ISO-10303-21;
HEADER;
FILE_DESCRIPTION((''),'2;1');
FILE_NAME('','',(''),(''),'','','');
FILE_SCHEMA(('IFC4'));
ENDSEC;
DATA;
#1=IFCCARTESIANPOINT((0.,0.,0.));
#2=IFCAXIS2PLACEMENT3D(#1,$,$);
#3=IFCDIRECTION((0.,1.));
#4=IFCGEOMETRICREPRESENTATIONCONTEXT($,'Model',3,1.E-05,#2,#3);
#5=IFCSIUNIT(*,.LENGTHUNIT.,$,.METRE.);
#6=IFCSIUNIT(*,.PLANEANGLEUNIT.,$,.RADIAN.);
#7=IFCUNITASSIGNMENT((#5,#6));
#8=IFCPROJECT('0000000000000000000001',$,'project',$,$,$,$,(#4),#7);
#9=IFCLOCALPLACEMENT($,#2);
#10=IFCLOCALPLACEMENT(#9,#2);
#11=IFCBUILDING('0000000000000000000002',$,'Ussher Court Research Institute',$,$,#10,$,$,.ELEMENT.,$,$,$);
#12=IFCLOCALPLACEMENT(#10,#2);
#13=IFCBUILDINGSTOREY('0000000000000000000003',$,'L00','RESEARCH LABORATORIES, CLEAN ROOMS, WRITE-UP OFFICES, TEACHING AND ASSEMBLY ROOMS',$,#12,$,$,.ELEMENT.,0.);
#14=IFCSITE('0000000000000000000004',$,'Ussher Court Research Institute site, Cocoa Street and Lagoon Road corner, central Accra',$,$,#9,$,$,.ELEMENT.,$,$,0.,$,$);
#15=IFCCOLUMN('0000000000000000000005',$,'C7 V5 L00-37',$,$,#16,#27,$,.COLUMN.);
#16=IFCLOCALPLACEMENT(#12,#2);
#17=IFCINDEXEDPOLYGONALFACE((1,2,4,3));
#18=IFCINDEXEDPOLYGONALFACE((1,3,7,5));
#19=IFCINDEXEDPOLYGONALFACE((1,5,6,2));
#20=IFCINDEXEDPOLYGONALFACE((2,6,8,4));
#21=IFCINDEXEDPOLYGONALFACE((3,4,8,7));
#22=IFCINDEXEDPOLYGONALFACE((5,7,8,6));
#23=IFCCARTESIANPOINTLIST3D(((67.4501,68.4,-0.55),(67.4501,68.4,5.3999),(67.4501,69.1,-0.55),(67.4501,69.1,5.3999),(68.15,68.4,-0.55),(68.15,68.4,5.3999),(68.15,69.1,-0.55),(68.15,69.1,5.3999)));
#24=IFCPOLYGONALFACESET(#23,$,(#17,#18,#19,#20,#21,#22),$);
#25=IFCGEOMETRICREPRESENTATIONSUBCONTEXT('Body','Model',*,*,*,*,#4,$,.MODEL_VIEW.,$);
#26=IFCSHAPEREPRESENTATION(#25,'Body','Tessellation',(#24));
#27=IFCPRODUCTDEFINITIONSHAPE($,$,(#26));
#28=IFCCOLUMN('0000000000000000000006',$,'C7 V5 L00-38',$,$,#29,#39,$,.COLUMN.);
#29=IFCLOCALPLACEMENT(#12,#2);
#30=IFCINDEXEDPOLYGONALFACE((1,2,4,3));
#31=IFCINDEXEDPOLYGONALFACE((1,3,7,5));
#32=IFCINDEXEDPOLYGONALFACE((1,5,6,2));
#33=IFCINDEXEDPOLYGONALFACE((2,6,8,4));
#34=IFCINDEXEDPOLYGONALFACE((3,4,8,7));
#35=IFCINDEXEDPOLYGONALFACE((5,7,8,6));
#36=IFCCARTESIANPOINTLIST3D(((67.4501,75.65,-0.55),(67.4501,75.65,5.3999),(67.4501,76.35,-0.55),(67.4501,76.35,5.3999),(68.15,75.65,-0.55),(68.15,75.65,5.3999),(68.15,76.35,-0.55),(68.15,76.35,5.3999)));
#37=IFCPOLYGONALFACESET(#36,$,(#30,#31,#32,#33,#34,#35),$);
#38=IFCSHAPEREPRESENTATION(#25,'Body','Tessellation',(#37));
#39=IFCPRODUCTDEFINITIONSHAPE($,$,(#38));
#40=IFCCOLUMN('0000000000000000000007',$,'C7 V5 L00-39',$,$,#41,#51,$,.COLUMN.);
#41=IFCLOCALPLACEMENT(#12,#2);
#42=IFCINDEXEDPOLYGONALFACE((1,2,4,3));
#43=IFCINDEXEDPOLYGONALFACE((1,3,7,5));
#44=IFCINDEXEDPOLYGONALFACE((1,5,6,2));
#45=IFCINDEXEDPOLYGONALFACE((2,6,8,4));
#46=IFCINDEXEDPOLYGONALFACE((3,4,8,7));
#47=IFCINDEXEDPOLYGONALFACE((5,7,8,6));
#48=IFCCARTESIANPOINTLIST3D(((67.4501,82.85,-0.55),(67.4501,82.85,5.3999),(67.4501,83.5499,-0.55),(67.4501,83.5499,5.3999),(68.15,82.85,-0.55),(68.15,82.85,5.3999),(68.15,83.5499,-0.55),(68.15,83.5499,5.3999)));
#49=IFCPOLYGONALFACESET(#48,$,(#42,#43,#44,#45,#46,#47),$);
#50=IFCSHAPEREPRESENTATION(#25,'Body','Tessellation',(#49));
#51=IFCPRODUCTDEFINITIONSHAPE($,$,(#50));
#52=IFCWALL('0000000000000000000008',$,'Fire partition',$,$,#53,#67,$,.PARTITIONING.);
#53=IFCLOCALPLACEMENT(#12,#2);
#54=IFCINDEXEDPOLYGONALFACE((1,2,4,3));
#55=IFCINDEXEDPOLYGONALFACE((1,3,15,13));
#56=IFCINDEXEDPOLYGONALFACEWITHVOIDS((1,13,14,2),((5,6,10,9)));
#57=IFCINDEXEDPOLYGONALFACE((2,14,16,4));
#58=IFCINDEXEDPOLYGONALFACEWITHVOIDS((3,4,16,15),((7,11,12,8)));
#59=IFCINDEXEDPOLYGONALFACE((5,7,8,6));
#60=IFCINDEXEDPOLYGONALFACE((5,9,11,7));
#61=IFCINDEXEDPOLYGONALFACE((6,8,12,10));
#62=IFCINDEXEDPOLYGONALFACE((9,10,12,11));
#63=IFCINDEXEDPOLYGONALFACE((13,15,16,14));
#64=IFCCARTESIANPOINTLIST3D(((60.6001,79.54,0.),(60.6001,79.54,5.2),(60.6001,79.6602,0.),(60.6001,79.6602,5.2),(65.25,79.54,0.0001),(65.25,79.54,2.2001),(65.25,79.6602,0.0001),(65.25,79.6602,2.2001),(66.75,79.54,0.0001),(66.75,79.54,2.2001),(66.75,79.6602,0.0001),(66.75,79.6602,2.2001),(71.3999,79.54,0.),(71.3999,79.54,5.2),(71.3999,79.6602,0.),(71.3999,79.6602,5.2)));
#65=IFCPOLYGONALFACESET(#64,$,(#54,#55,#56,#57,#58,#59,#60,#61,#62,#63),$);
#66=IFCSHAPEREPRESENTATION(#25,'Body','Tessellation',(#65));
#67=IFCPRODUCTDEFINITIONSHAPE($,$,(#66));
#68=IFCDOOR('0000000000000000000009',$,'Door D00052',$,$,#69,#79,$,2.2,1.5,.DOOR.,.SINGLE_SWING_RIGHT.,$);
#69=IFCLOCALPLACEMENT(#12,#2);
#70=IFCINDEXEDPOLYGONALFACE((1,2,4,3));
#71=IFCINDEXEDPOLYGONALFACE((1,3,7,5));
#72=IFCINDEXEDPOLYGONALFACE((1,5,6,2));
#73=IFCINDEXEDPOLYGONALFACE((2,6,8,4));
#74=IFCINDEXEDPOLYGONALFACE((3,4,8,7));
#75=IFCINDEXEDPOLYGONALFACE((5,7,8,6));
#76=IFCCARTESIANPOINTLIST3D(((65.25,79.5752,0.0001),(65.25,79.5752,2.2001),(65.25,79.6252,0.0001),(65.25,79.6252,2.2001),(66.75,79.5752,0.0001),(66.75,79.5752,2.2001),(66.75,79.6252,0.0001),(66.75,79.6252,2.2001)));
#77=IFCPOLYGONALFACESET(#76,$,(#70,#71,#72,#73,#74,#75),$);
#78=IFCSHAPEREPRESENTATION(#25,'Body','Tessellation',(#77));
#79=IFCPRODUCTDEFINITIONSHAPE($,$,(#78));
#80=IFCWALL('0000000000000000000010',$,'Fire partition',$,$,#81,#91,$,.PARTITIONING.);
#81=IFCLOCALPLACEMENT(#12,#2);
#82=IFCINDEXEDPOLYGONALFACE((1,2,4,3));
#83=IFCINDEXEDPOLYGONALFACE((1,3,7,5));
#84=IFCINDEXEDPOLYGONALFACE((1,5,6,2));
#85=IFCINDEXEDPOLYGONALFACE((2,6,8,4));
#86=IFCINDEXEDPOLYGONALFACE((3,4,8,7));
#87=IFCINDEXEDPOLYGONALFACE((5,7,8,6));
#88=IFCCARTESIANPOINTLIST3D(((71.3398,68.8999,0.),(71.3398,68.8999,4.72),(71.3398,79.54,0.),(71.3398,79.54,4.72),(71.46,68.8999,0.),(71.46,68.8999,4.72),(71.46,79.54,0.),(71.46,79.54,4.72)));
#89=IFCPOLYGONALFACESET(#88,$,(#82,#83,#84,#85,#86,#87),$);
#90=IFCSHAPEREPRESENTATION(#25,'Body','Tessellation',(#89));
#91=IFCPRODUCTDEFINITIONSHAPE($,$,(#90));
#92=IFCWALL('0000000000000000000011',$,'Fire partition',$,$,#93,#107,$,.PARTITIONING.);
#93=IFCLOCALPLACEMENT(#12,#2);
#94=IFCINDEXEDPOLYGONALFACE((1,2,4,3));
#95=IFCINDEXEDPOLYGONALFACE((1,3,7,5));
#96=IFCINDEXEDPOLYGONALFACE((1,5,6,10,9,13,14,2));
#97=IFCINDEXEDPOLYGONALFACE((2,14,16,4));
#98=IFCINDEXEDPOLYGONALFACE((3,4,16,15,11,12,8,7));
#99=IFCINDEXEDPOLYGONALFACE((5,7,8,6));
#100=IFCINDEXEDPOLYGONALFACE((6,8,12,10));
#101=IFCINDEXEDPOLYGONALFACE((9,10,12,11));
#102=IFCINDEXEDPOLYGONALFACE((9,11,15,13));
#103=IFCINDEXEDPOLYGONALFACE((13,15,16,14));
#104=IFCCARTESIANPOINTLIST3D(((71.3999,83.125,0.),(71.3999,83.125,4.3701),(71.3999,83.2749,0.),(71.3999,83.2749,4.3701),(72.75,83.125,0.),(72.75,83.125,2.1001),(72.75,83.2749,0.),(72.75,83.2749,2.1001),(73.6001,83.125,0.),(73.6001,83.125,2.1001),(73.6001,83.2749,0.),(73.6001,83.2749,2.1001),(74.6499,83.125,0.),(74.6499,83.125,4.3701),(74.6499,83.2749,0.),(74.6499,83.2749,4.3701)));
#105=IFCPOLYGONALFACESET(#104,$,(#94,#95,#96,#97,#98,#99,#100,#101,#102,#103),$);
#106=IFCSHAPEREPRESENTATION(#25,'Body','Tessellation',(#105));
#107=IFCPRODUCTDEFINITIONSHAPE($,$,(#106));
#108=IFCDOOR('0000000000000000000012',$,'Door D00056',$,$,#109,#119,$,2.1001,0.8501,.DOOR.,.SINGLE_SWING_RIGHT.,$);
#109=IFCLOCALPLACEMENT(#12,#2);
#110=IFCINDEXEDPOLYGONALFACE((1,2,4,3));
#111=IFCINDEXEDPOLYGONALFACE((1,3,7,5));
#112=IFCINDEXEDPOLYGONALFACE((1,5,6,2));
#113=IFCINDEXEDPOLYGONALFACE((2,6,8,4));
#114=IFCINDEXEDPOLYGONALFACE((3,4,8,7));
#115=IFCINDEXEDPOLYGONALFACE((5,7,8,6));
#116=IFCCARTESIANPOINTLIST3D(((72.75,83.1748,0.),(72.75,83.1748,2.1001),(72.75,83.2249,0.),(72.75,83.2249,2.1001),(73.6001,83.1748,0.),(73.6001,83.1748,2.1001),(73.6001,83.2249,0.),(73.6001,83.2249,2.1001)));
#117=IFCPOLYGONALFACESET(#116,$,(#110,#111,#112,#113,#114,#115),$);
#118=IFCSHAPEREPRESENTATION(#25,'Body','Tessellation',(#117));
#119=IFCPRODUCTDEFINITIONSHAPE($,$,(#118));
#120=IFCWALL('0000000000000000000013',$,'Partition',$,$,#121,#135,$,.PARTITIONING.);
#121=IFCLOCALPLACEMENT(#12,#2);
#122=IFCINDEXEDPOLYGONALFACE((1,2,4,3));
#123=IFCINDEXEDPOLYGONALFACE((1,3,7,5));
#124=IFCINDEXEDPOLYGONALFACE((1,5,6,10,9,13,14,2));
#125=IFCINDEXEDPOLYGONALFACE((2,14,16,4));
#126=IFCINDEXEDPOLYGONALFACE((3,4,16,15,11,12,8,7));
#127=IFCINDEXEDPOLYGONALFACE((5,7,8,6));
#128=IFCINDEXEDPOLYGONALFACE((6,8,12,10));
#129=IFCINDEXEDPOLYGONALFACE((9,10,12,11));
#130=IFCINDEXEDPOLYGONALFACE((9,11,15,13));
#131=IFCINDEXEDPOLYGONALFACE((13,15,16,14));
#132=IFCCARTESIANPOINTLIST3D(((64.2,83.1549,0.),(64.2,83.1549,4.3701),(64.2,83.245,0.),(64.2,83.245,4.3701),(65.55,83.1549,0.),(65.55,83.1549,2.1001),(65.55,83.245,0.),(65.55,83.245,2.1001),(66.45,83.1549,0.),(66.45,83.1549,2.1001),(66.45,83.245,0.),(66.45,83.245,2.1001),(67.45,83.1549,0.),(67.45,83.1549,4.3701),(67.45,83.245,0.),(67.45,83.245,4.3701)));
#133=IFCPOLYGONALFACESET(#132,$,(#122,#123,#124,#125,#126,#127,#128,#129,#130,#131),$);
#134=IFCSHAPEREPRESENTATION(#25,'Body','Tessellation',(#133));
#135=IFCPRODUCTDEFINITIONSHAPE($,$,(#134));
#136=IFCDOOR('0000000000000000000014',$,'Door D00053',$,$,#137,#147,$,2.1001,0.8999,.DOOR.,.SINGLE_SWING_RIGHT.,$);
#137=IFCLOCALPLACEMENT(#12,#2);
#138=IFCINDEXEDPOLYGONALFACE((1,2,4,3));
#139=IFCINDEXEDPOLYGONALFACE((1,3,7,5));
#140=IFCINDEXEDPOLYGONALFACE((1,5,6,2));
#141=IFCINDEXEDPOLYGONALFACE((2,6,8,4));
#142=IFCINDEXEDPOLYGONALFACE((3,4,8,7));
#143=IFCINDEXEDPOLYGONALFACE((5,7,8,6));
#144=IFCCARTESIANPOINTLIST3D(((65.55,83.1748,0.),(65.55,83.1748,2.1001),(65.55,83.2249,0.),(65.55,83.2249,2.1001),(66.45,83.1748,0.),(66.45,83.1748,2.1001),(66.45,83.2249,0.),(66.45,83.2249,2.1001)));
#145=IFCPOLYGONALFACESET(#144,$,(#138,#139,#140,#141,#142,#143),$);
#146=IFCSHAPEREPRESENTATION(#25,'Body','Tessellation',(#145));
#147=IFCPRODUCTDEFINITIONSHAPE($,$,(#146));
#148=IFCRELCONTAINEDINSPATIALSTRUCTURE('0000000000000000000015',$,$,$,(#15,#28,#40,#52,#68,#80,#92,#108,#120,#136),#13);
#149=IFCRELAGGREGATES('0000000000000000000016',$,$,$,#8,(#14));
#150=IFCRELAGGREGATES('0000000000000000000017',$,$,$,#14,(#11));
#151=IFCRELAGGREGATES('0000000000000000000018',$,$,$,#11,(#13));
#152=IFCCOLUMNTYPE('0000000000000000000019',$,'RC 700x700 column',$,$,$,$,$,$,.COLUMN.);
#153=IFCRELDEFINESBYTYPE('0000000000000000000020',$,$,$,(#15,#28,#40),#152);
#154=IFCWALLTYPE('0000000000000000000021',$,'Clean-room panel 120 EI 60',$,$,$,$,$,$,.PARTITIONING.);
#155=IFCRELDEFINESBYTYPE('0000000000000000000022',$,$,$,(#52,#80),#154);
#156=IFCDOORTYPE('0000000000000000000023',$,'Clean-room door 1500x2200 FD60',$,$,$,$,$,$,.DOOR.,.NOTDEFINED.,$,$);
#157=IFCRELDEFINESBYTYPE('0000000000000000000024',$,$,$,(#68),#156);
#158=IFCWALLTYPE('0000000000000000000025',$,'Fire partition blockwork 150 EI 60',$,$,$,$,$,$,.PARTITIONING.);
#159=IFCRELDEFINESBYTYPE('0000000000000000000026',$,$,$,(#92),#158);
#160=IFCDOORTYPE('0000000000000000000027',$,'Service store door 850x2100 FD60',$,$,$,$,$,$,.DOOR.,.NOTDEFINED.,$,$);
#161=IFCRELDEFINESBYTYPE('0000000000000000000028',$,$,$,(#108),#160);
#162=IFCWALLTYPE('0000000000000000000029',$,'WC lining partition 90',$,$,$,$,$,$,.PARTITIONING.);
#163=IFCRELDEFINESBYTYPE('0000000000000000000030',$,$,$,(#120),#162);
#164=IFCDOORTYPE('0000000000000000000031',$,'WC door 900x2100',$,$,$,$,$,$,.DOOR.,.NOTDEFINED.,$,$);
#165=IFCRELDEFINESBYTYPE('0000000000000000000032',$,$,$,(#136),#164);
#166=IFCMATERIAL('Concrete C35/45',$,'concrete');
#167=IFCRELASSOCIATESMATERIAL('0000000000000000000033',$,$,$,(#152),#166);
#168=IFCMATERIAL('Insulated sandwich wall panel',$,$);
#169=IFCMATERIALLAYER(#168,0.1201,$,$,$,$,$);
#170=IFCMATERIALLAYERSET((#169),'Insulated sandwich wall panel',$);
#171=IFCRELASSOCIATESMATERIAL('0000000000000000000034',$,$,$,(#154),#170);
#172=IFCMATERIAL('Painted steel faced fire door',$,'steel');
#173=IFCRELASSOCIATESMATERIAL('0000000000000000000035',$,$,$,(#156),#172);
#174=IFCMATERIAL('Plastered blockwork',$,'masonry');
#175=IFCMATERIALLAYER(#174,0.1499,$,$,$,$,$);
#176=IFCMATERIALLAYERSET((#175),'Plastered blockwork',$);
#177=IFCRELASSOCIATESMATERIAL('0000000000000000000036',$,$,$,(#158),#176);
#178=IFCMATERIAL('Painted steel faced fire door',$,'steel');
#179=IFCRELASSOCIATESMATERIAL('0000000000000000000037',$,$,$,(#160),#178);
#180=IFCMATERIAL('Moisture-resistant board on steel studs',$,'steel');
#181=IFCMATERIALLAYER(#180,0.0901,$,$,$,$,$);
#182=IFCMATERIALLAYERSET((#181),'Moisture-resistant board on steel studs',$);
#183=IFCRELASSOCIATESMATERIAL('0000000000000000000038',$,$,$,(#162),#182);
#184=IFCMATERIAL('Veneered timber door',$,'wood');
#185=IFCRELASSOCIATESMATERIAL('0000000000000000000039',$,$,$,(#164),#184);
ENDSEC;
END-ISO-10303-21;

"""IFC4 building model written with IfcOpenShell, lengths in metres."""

from ifc_helpers import new_model, si_unit, direction, frame, frame_2d, origin, origin_2d, place, context, subcontext, project, spatial, rectangle, extrude, material, layer, layer_set, material_profile, profile_set, type_object, element, fill, save


model = new_model("IFC4")

# Units and contexts
model_context = context("Model", 3, precision=1e-05, world=origin(), true_north=direction((0.0, 1.0)))
body_context = subcontext(model_context, "Body", "Model", "MODEL_VIEW")
ifc_project = project(units=[si_unit("LENGTHUNIT", "METRE"), si_unit("PLANEANGLEUNIT", "RADIAN")], contexts=[model_context])

# Site, building, storey
site_placement = place(None, origin())
site = spatial("IfcSite", under=ifc_project, at=site_placement, Name="Ussher Court Research Institute site, Cocoa Street and Lagoon Road corner, central Accra", CompositionType="ELEMENT", RefElevation=0.0)
building_placement = place(site_placement, origin())
building = spatial("IfcBuilding", under=site, at=building_placement, Name="Ussher Court Research Institute", CompositionType="ELEMENT")
storey_placement = place(building_placement, origin())
storey = spatial("IfcBuildingStorey", under=building, at=storey_placement, Name="L00", Description="RESEARCH LABORATORIES, CLEAN ROOMS, WRITE-UP OFFICES, TEACHING AND ASSEMBLY ROOMS", CompositionType="ELEMENT", Elevation=0.0)

# Columns
ifc_material_1 = material(Name="Concrete C35/45", Category="concrete")
ifc_material_profile_1 = material_profile(ifc_material_1, rectangle(XDim=0.7, YDim=0.7, at=origin_2d()), Name="RC 700x700")
ifc_profile_set_1 = profile_set([ifc_material_profile_1], Name="Concrete C35/45")
column_type = type_object("IfcColumnType", Name="RC 700x700 column", PredefinedType="COLUMN", material=ifc_profile_set_1)
for number, where, z_axis, x_axis, name in (
    (1, (67.8, 68.75, -0.55), (0.0, 0.0, 1.0), (1.0, 0.0, 0.0), "C7 V5 L00-37"),
    (2, (67.8, 76.0, -0.55), (0.0, 0.0, 1.0), (1.0, 0.0, 0.0), "C7 V5 L00-38"),
    (3, (67.8, 83.2, -0.55), (0.0, 0.0, 1.0), (1.0, 0.0, 0.0), "C7 V5 L00-39"),
):
    element("IfcColumn", number, at=place(storey_placement, frame(where, z_axis=z_axis, x_axis=x_axis)), inside=storey, type_object=column_type, Name=name, PredefinedType="COLUMN", context=body_context, shape_type="SweptSolid", body=[
        extrude(rectangle(XDim=0.7, YDim=0.7, at=origin_2d()), origin(), (0.0, 0.0, 1.0), 5.95),
    ])

# Wall, opening, door
ifc_material_2 = material(Name="Insulated sandwich wall panel")
ifc_layer_1 = layer(ifc_material_2, 0.1201)
ifc_layer_set_1 = layer_set([ifc_layer_1], Name="Insulated sandwich wall panel")
wall_type_1 = type_object("IfcWallType", Name="Clean-room panel 120 EI 60", PredefinedType="PARTITIONING", material=ifc_layer_set_1)
wall_1_placement = place(storey_placement, frame((71.3999, 79.6001, 0.0), z_axis=(0.0, 0.0, 1.0), x_axis=(-1.0, 0.0, 0.0)))
wall_1 = element("IfcWall", 4, at=wall_1_placement, inside=storey, type_object=wall_type_1, Name="Fire partition", PredefinedType="PARTITIONING", context=body_context, shape_type="SweptSolid", body=[
    extrude(rectangle(XDim=10.7998, YDim=0.1201, at=frame_2d((5.3999, 0.0))), origin(), (0.0, 0.0, 1.0), 5.2),
])
opening_1_placement = place(wall_1_placement, frame((4.6499, 0.0, 0.0)))
opening_1 = element("IfcOpeningElement", 5, at=opening_1_placement, cuts=wall_1, PredefinedType="OPENING", context=body_context, shape_type="SweptSolid", body=[
    extrude(rectangle(XDim=1.5, YDim=2.2, at=frame_2d((0.75, 1.1001))), frame((0.0, 0.0701, 0.0), z_axis=(0.0, -1.0, 0.0), x_axis=(1.0, 0.0, 0.0)), (0.0, 0.0, 1.0), 0.1401),
])
ifc_material_3 = material(Name="Painted steel faced fire door", Category="steel")
door_type_1 = type_object("IfcDoorType", Name="Clean-room door 1500x2200 FD60", OperationType="NOTDEFINED", PredefinedType="DOOR", material=ifc_material_3)
door_1_placement = place(opening_1_placement, origin())
door_1 = element("IfcDoor", 6, at=door_1_placement, inside=storey, type_object=door_type_1, Name="Door D00052", OperationType="SINGLE_SWING_RIGHT", OverallHeight=2.2, OverallWidth=1.5, PredefinedType="DOOR", context=body_context, shape_type="SweptSolid", body=[
    extrude(rectangle(XDim=1.5, YDim=2.2, at=frame_2d((0.75, 1.1001))), frame((0.0, 0.0249, 0.0), z_axis=(0.0, -1.0, 0.0), x_axis=(1.0, 0.0, 0.0)), (0.0, 0.0, 1.0), 0.05),
])
fill(opening_1, door_1)

# Wall
wall_2_placement = place(storey_placement, frame((71.3999, 68.8999, 0.0), z_axis=(0.0, 0.0, 1.0), x_axis=(0.0, 1.0, 0.0)))
element("IfcWall", 7, at=wall_2_placement, inside=storey, type_object=wall_type_1, Name="Fire partition", PredefinedType="PARTITIONING", context=body_context, shape_type="SweptSolid", body=[
    extrude(rectangle(XDim=10.6401, YDim=0.1201, at=frame_2d((5.3201, 0.0))), origin(), (0.0, 0.0, 1.0), 4.72),
])

# Walls, openings, doors
ifc_material_4 = material(Name="Plastered blockwork", Category="masonry")
ifc_layer_2 = layer(ifc_material_4, 0.1499)
ifc_layer_set_2 = layer_set([ifc_layer_2], Name="Plastered blockwork")
wall_type_2 = type_object("IfcWallType", Name="Fire partition blockwork 150 EI 60", PredefinedType="PARTITIONING", material=ifc_layer_set_2)
wall_3_placement = place(storey_placement, frame((71.3999, 83.2, 0.0), z_axis=(0.0, 0.0, 1.0), x_axis=(1.0, 0.0, 0.0)))
wall_3 = element("IfcWall", 8, at=wall_3_placement, inside=storey, type_object=wall_type_2, Name="Fire partition", PredefinedType="PARTITIONING", context=body_context, shape_type="SweptSolid", body=[
    extrude(rectangle(XDim=3.25, YDim=0.1499, at=frame_2d((1.625, 0.0))), origin(), (0.0, 0.0, 1.0), 4.3701),
])
opening_2_placement = place(wall_3_placement, frame((1.3501, 0.0, 0.0)))
opening_2 = element("IfcOpeningElement", 9, at=opening_2_placement, cuts=wall_3, PredefinedType="OPENING", context=body_context, shape_type="SweptSolid", body=[
    extrude(rectangle(XDim=0.8501, YDim=2.1001, at=frame_2d((0.425, 1.05))), frame((0.0, 0.085, 0.0), z_axis=(0.0, -1.0, 0.0), x_axis=(1.0, 0.0, 0.0)), (0.0, 0.0, 1.0), 0.1699),
])
ifc_material_5 = material(Name="Painted steel faced fire door", Category="steel")
door_type_2 = type_object("IfcDoorType", Name="Service store door 850x2100 FD60", OperationType="NOTDEFINED", PredefinedType="DOOR", material=ifc_material_5)
door_2_placement = place(opening_2_placement, origin())
door_2 = element("IfcDoor", 10, at=door_2_placement, inside=storey, type_object=door_type_2, Name="Door D00056", OperationType="SINGLE_SWING_RIGHT", OverallHeight=2.1001, OverallWidth=0.8501, PredefinedType="DOOR", context=body_context, shape_type="SweptSolid", body=[
    extrude(rectangle(XDim=0.8501, YDim=2.1001, at=frame_2d((0.425, 1.05))), frame((0.0, 0.0249, 0.0), z_axis=(0.0, -1.0, 0.0), x_axis=(1.0, 0.0, 0.0)), (0.0, 0.0, 1.0), 0.05),
])
fill(opening_2, door_2)
ifc_material_6 = material(Name="Moisture-resistant board on steel studs", Category="steel")
ifc_layer_3 = layer(ifc_material_6, 0.0901)
ifc_layer_set_3 = layer_set([ifc_layer_3], Name="Moisture-resistant board on steel studs")
wall_type_3 = type_object("IfcWallType", Name="WC lining partition 90", PredefinedType="PARTITIONING", material=ifc_layer_set_3)
wall_4_placement = place(storey_placement, frame((64.2, 83.2, 0.0), z_axis=(0.0, 0.0, 1.0), x_axis=(1.0, 0.0, 0.0)))
wall_4 = element("IfcWall", 11, at=wall_4_placement, inside=storey, type_object=wall_type_3, Name="Partition", PredefinedType="PARTITIONING", context=body_context, shape_type="SweptSolid", body=[
    extrude(rectangle(XDim=3.25, YDim=0.0901, at=frame_2d((1.625, 0.0))), origin(), (0.0, 0.0, 1.0), 4.3701),
])
opening_3_placement = place(wall_4_placement, frame((1.3501, 0.0, 0.0)))
opening_3 = element("IfcOpeningElement", 12, at=opening_3_placement, cuts=wall_4, PredefinedType="OPENING", context=body_context, shape_type="SweptSolid", body=[
    extrude(rectangle(XDim=0.8999, YDim=2.1001, at=frame_2d((0.45, 1.05))), frame((0.0, 0.0552, 0.0), z_axis=(0.0, -1.0, 0.0), x_axis=(1.0, 0.0, 0.0)), (0.0, 0.0, 1.0), 0.1101),
])
ifc_material_7 = material(Name="Veneered timber door", Category="wood")
door_type_3 = type_object("IfcDoorType", Name="WC door 900x2100", OperationType="NOTDEFINED", PredefinedType="DOOR", material=ifc_material_7)
door_3_placement = place(opening_3_placement, origin())
door_3 = element("IfcDoor", 13, at=door_3_placement, inside=storey, type_object=door_type_3, Name="Door D00053", OperationType="SINGLE_SWING_RIGHT", OverallHeight=2.1001, OverallWidth=0.8999, PredefinedType="DOOR", context=body_context, shape_type="SweptSolid", body=[
    extrude(rectangle(XDim=0.8999, YDim=2.1001, at=frame_2d((0.45, 1.05))), frame((0.0, 0.0249, 0.0), z_axis=(0.0, -1.0, 0.0), x_axis=(1.0, 0.0, 0.0)), (0.0, 0.0, 1.0), 0.05),
])
fill(opening_3, door_3)

save(model, "model.ifc")
